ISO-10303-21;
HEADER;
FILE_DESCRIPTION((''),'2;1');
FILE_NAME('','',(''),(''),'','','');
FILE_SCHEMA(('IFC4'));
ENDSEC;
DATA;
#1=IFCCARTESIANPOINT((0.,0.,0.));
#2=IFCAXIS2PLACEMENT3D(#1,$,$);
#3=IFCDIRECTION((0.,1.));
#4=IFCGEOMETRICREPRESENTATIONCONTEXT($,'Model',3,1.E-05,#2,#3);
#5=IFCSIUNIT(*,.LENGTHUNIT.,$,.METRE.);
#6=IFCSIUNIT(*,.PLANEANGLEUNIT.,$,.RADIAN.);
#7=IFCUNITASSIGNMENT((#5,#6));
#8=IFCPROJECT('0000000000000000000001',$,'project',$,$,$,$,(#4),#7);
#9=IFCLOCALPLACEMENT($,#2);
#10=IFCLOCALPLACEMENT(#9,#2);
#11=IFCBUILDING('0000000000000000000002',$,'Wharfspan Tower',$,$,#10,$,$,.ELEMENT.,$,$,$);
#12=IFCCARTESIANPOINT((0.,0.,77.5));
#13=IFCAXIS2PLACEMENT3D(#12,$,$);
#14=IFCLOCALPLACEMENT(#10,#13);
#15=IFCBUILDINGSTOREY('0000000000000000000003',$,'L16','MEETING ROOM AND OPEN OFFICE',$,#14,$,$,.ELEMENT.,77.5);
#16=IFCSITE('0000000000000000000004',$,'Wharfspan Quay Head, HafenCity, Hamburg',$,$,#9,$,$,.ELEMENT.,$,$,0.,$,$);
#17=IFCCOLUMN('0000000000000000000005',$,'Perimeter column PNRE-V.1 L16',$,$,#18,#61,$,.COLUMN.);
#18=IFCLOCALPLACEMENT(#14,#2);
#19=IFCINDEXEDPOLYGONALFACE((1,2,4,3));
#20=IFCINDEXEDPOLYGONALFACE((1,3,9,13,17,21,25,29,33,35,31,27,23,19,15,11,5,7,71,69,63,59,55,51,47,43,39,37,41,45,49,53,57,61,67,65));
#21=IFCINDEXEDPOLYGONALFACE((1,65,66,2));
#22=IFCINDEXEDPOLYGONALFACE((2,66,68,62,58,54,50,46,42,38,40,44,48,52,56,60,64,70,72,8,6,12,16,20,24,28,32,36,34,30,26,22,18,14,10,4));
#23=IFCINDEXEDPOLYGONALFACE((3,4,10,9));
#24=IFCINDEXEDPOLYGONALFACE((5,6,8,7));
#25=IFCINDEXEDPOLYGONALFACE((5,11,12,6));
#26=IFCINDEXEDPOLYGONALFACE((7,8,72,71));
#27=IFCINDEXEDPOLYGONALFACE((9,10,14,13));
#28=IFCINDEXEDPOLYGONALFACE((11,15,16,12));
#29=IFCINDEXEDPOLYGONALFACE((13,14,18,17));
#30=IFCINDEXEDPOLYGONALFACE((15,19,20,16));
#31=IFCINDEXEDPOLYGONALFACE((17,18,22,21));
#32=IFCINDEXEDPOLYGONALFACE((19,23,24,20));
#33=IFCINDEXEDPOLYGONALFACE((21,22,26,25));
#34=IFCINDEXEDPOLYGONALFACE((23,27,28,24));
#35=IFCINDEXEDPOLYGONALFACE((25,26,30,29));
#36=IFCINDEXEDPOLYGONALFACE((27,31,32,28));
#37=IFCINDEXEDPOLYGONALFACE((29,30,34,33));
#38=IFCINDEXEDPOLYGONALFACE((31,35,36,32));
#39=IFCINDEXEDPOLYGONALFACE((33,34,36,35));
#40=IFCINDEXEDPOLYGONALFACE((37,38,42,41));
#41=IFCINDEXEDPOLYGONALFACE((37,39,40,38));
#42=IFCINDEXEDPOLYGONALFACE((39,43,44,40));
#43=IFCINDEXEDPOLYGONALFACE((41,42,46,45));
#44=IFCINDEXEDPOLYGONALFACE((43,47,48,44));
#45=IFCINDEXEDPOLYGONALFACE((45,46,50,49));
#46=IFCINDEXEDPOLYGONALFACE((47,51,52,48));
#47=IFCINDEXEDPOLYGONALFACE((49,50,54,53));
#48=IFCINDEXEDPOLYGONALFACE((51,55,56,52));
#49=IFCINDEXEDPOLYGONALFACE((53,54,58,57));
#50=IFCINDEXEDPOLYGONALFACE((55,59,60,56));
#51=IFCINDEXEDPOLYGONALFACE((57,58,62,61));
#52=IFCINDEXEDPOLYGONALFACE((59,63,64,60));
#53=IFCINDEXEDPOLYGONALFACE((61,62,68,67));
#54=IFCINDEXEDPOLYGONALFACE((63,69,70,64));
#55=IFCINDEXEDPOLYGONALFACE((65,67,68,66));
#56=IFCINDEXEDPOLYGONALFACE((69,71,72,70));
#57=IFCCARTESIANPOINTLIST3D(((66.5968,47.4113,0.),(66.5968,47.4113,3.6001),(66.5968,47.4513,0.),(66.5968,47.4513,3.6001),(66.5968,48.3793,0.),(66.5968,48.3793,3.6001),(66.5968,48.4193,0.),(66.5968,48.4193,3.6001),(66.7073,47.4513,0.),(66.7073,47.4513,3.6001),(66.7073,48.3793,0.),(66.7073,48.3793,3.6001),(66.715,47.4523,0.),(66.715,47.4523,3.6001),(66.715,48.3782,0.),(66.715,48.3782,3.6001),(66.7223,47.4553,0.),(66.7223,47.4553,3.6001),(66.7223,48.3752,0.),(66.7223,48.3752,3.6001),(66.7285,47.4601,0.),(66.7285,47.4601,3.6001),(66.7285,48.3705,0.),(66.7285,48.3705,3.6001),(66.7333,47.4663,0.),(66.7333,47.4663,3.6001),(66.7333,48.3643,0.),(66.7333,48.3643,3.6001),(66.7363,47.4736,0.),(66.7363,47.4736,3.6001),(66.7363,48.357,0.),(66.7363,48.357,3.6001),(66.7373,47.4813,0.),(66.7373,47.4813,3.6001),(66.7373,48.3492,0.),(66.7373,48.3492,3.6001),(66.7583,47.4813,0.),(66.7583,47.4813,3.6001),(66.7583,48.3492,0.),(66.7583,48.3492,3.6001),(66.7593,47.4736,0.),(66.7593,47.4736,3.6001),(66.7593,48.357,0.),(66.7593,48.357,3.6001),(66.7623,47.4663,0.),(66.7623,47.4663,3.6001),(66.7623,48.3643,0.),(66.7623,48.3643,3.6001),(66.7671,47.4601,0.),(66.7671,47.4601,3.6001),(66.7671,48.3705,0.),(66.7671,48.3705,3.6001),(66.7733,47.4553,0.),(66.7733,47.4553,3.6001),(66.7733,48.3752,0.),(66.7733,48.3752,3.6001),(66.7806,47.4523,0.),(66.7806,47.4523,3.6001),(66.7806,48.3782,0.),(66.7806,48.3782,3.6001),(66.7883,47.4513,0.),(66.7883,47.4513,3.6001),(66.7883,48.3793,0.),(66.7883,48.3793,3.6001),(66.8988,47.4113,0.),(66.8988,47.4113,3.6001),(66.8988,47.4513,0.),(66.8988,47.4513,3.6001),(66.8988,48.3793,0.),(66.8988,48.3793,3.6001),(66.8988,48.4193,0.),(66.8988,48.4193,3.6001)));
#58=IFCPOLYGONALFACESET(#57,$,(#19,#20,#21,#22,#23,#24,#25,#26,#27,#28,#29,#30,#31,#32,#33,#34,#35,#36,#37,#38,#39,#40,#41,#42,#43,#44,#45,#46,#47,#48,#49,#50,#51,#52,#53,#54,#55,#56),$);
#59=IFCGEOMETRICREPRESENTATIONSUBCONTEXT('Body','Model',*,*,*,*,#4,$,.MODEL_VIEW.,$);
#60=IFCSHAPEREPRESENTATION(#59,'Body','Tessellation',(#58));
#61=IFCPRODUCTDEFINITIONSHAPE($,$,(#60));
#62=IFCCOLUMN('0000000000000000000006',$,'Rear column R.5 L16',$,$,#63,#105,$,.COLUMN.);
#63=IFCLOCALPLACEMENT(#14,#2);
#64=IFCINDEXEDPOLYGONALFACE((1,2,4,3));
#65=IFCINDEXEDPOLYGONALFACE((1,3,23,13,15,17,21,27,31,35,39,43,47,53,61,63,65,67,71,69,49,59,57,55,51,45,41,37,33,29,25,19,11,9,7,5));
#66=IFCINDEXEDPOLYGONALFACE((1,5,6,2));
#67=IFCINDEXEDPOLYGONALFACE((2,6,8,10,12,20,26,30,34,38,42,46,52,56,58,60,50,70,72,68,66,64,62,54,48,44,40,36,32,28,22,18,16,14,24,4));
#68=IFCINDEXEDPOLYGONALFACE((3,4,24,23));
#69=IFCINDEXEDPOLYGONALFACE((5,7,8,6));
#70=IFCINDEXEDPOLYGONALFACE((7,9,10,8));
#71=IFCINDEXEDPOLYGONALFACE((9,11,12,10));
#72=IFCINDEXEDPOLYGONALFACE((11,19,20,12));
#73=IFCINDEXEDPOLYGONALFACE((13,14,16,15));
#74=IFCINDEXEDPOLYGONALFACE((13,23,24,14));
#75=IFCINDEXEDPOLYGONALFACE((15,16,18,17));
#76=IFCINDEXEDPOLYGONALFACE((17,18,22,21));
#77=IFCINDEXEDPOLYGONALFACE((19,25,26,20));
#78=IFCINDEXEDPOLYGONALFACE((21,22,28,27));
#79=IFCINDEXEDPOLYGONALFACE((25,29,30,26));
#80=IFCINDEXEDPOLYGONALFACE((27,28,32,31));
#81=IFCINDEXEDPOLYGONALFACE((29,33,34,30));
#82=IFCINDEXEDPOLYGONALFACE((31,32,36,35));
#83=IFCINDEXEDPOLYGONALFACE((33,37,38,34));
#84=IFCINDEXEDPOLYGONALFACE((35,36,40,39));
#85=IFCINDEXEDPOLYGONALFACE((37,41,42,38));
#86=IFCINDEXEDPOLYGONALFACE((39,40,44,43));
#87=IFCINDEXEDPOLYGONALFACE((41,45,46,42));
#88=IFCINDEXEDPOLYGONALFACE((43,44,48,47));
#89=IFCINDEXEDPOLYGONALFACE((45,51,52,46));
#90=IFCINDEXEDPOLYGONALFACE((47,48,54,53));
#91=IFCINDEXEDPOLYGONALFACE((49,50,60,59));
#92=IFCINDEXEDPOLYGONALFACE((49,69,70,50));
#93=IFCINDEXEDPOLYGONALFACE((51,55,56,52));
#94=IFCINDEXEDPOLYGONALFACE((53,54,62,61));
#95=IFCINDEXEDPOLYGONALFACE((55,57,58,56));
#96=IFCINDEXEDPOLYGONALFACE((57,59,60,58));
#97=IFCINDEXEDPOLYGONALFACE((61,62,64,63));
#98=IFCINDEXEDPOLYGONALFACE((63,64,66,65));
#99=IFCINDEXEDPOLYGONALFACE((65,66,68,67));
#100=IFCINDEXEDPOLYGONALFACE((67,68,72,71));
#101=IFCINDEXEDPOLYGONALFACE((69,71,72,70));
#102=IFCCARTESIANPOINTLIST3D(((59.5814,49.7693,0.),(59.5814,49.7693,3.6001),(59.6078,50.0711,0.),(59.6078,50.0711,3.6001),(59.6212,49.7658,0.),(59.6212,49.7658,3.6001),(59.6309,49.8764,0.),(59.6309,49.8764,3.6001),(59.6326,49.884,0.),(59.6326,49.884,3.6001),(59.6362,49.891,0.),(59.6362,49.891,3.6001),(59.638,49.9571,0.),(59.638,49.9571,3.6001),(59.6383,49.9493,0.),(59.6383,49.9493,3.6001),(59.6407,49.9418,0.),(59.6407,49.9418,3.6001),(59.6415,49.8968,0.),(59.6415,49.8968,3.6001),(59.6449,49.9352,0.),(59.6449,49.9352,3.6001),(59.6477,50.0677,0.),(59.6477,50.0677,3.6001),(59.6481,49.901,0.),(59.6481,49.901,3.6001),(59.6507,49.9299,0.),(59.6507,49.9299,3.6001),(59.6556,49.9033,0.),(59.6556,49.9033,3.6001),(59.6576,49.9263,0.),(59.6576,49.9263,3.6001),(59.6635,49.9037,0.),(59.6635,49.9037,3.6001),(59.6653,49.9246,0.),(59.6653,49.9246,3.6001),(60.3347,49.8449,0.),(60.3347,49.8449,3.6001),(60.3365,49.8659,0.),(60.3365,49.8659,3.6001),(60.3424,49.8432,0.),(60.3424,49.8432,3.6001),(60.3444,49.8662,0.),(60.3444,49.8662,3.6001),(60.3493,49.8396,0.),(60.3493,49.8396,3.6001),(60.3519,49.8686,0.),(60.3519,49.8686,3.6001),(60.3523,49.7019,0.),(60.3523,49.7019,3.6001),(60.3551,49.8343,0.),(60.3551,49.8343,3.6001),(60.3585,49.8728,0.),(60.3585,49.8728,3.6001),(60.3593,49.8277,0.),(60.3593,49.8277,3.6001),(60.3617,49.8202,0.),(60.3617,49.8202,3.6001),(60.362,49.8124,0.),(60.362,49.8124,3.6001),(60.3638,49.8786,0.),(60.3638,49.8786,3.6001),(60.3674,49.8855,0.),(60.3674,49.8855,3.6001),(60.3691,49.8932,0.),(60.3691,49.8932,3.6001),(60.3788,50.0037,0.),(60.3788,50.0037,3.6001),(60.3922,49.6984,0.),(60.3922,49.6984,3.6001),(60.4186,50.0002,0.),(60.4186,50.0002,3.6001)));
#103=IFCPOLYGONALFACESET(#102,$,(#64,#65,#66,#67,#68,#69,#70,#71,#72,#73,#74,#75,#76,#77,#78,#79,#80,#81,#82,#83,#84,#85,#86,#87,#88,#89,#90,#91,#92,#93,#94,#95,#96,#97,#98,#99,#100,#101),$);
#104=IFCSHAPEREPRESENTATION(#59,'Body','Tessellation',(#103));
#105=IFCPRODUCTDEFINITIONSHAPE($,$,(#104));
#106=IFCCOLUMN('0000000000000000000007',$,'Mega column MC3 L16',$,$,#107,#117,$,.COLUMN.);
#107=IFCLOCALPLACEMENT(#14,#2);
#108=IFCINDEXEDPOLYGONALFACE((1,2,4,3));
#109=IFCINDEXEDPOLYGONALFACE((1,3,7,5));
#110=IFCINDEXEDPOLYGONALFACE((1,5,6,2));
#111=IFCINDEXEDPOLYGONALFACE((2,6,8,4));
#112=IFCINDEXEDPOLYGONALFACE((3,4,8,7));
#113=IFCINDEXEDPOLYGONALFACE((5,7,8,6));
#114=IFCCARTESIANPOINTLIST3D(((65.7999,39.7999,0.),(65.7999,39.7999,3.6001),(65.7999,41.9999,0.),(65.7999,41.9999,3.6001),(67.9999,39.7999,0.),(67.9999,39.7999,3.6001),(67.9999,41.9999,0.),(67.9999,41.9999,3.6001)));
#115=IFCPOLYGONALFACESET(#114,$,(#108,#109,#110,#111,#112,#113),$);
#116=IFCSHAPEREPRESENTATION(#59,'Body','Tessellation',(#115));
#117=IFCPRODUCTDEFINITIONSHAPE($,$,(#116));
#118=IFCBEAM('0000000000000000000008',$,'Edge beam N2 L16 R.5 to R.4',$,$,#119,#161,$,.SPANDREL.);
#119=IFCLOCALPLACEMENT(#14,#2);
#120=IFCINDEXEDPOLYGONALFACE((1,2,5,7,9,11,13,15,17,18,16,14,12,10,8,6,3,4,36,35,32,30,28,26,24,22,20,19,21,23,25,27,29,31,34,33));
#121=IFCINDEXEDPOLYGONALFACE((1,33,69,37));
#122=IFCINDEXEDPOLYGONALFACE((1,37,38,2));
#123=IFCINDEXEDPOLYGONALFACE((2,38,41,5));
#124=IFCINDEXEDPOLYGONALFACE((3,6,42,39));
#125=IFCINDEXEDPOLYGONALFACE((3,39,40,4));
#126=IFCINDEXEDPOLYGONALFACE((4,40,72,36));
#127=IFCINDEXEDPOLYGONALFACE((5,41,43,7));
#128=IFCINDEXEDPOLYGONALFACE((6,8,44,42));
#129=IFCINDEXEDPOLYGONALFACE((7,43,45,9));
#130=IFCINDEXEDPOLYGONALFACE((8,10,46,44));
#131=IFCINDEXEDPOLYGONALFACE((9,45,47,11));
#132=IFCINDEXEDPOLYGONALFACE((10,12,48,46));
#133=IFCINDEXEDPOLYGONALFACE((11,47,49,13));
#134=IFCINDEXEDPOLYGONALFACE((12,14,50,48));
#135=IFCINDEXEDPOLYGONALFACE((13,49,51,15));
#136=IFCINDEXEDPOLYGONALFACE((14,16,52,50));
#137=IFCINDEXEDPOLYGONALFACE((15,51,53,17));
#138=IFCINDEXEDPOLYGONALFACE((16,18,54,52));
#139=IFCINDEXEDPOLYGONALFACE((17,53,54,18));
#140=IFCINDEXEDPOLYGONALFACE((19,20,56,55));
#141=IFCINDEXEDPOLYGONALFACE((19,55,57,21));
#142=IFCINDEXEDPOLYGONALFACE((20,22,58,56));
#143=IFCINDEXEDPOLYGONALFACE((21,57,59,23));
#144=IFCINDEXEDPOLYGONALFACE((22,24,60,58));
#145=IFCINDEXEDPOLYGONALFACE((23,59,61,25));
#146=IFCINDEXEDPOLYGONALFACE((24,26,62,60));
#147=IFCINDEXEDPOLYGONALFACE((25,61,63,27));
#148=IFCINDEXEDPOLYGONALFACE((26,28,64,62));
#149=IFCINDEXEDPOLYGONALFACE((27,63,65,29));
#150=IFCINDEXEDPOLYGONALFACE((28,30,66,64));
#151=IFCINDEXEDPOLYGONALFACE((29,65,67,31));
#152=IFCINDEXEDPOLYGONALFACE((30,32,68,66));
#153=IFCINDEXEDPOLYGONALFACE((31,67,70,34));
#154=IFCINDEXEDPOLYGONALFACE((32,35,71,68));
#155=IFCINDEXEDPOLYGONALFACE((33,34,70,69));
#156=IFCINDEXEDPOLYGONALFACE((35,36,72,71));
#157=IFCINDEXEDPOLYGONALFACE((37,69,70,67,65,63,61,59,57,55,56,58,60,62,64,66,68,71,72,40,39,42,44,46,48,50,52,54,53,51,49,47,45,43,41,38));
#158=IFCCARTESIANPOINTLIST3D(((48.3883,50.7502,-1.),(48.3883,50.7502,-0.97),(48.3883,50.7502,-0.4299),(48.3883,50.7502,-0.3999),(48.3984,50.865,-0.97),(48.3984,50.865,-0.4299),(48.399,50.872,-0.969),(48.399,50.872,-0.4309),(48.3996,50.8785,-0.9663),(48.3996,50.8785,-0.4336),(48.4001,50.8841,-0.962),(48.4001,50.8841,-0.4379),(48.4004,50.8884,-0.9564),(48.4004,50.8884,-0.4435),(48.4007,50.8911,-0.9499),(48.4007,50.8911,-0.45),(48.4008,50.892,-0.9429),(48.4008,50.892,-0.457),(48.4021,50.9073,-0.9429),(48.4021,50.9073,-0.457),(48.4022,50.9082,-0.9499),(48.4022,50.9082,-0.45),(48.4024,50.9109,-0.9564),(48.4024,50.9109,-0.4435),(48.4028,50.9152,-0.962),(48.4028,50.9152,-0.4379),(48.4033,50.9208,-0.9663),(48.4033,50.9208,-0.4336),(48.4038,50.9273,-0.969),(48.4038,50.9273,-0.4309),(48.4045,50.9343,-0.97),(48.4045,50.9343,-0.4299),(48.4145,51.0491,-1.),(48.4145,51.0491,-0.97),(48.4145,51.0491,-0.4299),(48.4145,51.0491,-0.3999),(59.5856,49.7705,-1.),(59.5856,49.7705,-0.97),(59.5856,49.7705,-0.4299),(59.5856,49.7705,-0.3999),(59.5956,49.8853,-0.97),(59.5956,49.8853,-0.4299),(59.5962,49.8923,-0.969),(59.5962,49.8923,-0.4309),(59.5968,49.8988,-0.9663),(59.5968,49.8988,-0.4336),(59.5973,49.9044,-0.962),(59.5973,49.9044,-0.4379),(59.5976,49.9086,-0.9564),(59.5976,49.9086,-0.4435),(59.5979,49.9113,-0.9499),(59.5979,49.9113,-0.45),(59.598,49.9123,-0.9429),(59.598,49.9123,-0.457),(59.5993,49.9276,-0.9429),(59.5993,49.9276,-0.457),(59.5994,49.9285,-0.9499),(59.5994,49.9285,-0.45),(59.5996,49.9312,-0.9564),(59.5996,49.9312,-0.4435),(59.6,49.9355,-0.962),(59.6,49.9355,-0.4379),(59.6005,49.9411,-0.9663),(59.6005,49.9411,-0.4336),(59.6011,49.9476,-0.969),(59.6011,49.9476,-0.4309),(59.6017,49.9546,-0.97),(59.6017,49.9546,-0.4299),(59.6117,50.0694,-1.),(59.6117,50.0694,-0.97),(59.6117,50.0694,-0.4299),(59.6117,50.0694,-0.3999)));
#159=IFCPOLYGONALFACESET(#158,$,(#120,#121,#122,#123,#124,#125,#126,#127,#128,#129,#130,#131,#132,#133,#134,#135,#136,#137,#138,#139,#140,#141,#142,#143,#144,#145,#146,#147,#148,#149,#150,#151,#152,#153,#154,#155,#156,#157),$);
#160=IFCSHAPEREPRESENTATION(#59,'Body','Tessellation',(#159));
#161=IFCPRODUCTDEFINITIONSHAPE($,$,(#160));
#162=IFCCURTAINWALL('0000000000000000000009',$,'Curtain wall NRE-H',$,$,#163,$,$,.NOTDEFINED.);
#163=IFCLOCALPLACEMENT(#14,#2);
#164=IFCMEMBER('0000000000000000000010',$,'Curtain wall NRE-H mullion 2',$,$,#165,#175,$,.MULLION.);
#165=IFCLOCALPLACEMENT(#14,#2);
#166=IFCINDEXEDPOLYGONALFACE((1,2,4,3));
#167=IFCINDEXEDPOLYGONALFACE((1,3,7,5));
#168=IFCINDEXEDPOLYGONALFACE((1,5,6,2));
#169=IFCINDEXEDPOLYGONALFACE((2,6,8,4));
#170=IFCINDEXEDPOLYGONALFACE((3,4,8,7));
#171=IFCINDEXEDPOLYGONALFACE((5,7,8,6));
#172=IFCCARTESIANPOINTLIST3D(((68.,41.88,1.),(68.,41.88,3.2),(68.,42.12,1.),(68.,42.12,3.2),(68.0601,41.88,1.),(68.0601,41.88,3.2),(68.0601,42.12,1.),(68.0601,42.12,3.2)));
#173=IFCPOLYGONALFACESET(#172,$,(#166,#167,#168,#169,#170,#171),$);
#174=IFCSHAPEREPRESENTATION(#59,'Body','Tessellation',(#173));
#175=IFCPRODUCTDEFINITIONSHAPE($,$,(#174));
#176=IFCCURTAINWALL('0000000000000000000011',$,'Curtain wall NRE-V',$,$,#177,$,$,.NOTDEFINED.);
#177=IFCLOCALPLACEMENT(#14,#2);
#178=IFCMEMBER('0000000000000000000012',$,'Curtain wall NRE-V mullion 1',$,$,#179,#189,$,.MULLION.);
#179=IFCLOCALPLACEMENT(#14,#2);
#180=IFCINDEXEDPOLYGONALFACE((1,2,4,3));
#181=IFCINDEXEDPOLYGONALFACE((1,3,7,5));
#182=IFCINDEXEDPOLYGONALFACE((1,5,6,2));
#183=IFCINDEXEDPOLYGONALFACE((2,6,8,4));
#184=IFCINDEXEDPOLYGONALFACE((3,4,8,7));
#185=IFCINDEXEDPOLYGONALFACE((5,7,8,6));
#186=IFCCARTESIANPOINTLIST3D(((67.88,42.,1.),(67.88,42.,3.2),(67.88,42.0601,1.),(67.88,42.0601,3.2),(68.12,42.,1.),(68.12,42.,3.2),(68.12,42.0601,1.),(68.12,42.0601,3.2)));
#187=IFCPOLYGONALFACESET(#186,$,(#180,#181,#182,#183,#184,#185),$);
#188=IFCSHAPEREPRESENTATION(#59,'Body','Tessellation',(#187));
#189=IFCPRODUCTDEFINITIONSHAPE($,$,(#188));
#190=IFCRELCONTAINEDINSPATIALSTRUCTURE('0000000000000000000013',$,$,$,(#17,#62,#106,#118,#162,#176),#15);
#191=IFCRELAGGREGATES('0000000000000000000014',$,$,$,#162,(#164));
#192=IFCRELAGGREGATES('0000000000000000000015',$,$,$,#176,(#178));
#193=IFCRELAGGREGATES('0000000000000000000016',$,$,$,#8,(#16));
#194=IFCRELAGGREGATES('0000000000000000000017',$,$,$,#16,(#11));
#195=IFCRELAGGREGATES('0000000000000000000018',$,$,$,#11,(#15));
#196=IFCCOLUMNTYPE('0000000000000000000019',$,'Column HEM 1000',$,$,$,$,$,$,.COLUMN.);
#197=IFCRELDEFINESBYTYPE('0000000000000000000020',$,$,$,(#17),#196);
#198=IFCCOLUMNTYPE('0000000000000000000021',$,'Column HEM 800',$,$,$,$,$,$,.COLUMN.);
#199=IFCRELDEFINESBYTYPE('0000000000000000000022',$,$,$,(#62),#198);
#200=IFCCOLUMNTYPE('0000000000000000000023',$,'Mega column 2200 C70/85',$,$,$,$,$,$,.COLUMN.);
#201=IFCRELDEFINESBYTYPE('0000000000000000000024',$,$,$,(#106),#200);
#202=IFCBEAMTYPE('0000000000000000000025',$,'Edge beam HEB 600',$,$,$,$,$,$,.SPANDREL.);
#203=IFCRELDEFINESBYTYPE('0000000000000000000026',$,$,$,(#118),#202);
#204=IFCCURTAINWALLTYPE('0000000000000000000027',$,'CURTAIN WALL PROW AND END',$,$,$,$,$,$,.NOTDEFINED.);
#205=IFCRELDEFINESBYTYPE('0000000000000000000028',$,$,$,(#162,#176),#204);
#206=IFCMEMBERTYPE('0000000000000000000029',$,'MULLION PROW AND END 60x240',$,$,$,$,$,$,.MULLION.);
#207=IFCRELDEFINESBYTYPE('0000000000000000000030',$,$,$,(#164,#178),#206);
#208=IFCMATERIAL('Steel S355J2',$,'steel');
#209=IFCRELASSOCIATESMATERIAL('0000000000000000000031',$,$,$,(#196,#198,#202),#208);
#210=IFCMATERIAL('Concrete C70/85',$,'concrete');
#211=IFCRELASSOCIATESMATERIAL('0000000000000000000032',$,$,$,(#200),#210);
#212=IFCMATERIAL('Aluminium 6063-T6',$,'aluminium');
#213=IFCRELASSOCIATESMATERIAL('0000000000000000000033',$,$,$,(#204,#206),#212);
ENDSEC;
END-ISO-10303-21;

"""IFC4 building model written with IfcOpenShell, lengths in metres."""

from ifc_helpers import new_model, si_unit, direction, frame, origin, origin_2d, place, context, subcontext, project, spatial, rectangle, i_section, extrude, material, material_profile, profile_set, type_object, element, aggregate, save


model = new_model("IFC4")

# Units and contexts
model_context = context("Model", 3, precision=1e-05, world=origin(), true_north=direction((0.0, 1.0)))
body_context = subcontext(model_context, "Body", "Model", "MODEL_VIEW")
ifc_project = project(units=[si_unit("LENGTHUNIT", "METRE"), si_unit("PLANEANGLEUNIT", "RADIAN")], contexts=[model_context])

# Site, building, storey
site_placement = place(None, origin())
site = spatial("IfcSite", under=ifc_project, at=site_placement, Name="Wharfspan Quay Head, HafenCity, Hamburg", CompositionType="ELEMENT", RefElevation=0.0)
building_placement = place(site_placement, origin())
building = spatial("IfcBuilding", under=site, at=building_placement, Name="Wharfspan Tower", CompositionType="ELEMENT")
storey_placement = place(building_placement, frame((0.0, 0.0, 77.5)))
storey = spatial("IfcBuildingStorey", under=building, at=storey_placement, Name="L16", Description="MEETING ROOM AND OPEN OFFICE", CompositionType="ELEMENT", Elevation=77.5)

# Columns
ifc_material_1 = material(Name="Steel S355J2", Category="steel")
ifc_material_profile_1 = material_profile(ifc_material_1, i_section(OverallWidth=0.302, OverallDepth=1.0081, WebThickness=0.021, FlangeThickness=0.04, FilletRadius=0.03, at=origin_2d()))
ifc_profile_set_1 = profile_set([ifc_material_profile_1], Name="Steel S355J2")
column_type_1 = type_object("IfcColumnType", Name="Column HEM 1000", PredefinedType="COLUMN", material=ifc_profile_set_1)
column_1_placement = place(storey_placement, frame((66.7478, 47.9153, 0.0), z_axis=(0.0, 0.0, 1.0), x_axis=(1.0, 0.0, 0.0)))
element("IfcColumn", 1, at=column_1_placement, inside=storey, type_object=column_type_1, Name="Perimeter column PNRE-V.1 L16", PredefinedType="COLUMN", context=body_context, shape_type="SweptSolid", body=[
    extrude(i_section(OverallWidth=0.302, OverallDepth=1.0081, WebThickness=0.021, FlangeThickness=0.04, FilletRadius=0.03, at=origin_2d()), origin(), (0.0, 0.0, 1.0), 3.6001),
])
ifc_material_profile_2 = material_profile(ifc_material_1, i_section(OverallWidth=0.303, OverallDepth=0.814, WebThickness=0.021, FlangeThickness=0.04, FilletRadius=0.03, at=origin_2d()))
ifc_profile_set_2 = profile_set([ifc_material_profile_2], Name="Steel S355J2")
column_type_2 = type_object("IfcColumnType", Name="Column HEM 800", PredefinedType="COLUMN", material=ifc_profile_set_2)
column_2_placement = place(storey_placement, frame((60.0, 49.8848, 0.0), z_axis=(0.0, 0.0, 1.0), x_axis=(0.087156, 0.996197, 0.0)))
element("IfcColumn", 2, at=column_2_placement, inside=storey, type_object=column_type_2, Name="Rear column R.5 L16", PredefinedType="COLUMN", context=body_context, shape_type="SweptSolid", body=[
    extrude(i_section(OverallWidth=0.303, OverallDepth=0.814, WebThickness=0.021, FlangeThickness=0.04, FilletRadius=0.03, at=origin_2d()), origin(), (0.0, 0.0, 1.0), 3.6001),
])
ifc_material_2 = material(Name="Concrete C70/85", Category="concrete")
ifc_material_profile_3 = material_profile(ifc_material_2, rectangle(XDim=2.2, YDim=2.2, at=origin_2d()))
ifc_profile_set_3 = profile_set([ifc_material_profile_3], Name="Concrete C70/85")
column_type_3 = type_object("IfcColumnType", Name="Mega column 2200 C70/85", PredefinedType="COLUMN", material=ifc_profile_set_3)
column_3_placement = place(storey_placement, frame((66.8999, 40.8999, 0.0), z_axis=(0.0, 0.0, 1.0), x_axis=(1.0, 0.0, 0.0)))
element("IfcColumn", 3, at=column_3_placement, inside=storey, type_object=column_type_3, Name="Mega column MC3 L16", PredefinedType="COLUMN", context=body_context, shape_type="SweptSolid", body=[
    extrude(rectangle(XDim=2.2, YDim=2.2, at=origin_2d()), origin(), (0.0, 0.0, 1.0), 3.6001),
])

# Beam
ifc_material_profile_4 = material_profile(ifc_material_1, i_section(OverallWidth=0.3, OverallDepth=0.6001, WebThickness=0.0154, FlangeThickness=0.03, FilletRadius=0.0271, at=origin_2d()))
ifc_profile_set_4 = profile_set([ifc_material_profile_4], Name="Steel S355J2")
beam_type = type_object("IfcBeamType", Name="Edge beam HEB 600", PredefinedType="SPANDREL", material=ifc_profile_set_4)
beam_placement = place(storey_placement, frame((59.5986, 49.9199, -0.7), z_axis=(-0.996194, 0.087165, 0.0), x_axis=(-0.087165, -0.996194, 0.0)))
element("IfcBeam", 4, at=beam_placement, inside=storey, type_object=beam_type, Name="Edge beam N2 L16 R.5 to R.4", PredefinedType="SPANDREL", context=body_context, shape_type="SweptSolid", body=[
    extrude(i_section(OverallWidth=0.3, OverallDepth=0.6001, WebThickness=0.0154, FlangeThickness=0.03, FilletRadius=0.0271, at=origin_2d()), origin(), (0.0, 0.0, 1.0), 11.24),
])

# Curtain wall, member
ifc_material_3 = material(Name="Aluminium 6063-T6", Category="aluminium")
curtain_wall_type = type_object("IfcCurtainWallType", Name="CURTAIN WALL PROW AND END", PredefinedType="NOTDEFINED", material=ifc_material_3)
curtain_wall_1_placement = place(storey_placement, origin())
curtain_wall_1 = element("IfcCurtainWall", 5, at=curtain_wall_1_placement, inside=storey, type_object=curtain_wall_type, Name="Curtain wall NRE-H", PredefinedType="NOTDEFINED")
ifc_material_profile_5 = material_profile(ifc_material_3, rectangle(XDim=0.24, YDim=0.0601, at=origin_2d()))
ifc_profile_set_5 = profile_set([ifc_material_profile_5], Name="Aluminium 6063-T6")
member_type_1 = type_object("IfcMemberType", Name="MULLION PROW AND END 60x240", PredefinedType="MULLION", material=ifc_profile_set_5)
member_1_placement = place(storey_placement, frame((68.03, 42.0, 1.0), z_axis=(0.0, 0.0, 1.0), x_axis=(0.0, -1.0, 0.0)))
member_1 = element("IfcMember", 6, at=member_1_placement, type_object=member_type_1, Name="Curtain wall NRE-H mullion 2", PredefinedType="MULLION", context=body_context, shape_type="SweptSolid", body=[
    extrude(rectangle(XDim=0.24, YDim=0.0601, at=origin_2d()), origin(), (0.0, 0.0, 1.0), 2.2),
])
aggregate(curtain_wall_1, [member_1])

# Curtain wall, member
curtain_wall_2_placement = place(storey_placement, origin())
curtain_wall_2 = element("IfcCurtainWall", 7, at=curtain_wall_2_placement, inside=storey, type_object=curtain_wall_type, Name="Curtain wall NRE-V", PredefinedType="NOTDEFINED")
member_2_placement = place(storey_placement, frame((68.0, 42.03, 1.0), z_axis=(0.0, 0.0, 1.0), x_axis=(-1.0, 0.0, 0.0)))
member_2 = element("IfcMember", 8, at=member_2_placement, type_object=member_type_1, Name="Curtain wall NRE-V mullion 1", PredefinedType="MULLION", context=body_context, shape_type="SweptSolid", body=[
    extrude(rectangle(XDim=0.24, YDim=0.0601, at=origin_2d()), origin(), (0.0, 0.0, 1.0), 2.2),
])
aggregate(curtain_wall_2, [member_2])

save(model, "model.ifc")
